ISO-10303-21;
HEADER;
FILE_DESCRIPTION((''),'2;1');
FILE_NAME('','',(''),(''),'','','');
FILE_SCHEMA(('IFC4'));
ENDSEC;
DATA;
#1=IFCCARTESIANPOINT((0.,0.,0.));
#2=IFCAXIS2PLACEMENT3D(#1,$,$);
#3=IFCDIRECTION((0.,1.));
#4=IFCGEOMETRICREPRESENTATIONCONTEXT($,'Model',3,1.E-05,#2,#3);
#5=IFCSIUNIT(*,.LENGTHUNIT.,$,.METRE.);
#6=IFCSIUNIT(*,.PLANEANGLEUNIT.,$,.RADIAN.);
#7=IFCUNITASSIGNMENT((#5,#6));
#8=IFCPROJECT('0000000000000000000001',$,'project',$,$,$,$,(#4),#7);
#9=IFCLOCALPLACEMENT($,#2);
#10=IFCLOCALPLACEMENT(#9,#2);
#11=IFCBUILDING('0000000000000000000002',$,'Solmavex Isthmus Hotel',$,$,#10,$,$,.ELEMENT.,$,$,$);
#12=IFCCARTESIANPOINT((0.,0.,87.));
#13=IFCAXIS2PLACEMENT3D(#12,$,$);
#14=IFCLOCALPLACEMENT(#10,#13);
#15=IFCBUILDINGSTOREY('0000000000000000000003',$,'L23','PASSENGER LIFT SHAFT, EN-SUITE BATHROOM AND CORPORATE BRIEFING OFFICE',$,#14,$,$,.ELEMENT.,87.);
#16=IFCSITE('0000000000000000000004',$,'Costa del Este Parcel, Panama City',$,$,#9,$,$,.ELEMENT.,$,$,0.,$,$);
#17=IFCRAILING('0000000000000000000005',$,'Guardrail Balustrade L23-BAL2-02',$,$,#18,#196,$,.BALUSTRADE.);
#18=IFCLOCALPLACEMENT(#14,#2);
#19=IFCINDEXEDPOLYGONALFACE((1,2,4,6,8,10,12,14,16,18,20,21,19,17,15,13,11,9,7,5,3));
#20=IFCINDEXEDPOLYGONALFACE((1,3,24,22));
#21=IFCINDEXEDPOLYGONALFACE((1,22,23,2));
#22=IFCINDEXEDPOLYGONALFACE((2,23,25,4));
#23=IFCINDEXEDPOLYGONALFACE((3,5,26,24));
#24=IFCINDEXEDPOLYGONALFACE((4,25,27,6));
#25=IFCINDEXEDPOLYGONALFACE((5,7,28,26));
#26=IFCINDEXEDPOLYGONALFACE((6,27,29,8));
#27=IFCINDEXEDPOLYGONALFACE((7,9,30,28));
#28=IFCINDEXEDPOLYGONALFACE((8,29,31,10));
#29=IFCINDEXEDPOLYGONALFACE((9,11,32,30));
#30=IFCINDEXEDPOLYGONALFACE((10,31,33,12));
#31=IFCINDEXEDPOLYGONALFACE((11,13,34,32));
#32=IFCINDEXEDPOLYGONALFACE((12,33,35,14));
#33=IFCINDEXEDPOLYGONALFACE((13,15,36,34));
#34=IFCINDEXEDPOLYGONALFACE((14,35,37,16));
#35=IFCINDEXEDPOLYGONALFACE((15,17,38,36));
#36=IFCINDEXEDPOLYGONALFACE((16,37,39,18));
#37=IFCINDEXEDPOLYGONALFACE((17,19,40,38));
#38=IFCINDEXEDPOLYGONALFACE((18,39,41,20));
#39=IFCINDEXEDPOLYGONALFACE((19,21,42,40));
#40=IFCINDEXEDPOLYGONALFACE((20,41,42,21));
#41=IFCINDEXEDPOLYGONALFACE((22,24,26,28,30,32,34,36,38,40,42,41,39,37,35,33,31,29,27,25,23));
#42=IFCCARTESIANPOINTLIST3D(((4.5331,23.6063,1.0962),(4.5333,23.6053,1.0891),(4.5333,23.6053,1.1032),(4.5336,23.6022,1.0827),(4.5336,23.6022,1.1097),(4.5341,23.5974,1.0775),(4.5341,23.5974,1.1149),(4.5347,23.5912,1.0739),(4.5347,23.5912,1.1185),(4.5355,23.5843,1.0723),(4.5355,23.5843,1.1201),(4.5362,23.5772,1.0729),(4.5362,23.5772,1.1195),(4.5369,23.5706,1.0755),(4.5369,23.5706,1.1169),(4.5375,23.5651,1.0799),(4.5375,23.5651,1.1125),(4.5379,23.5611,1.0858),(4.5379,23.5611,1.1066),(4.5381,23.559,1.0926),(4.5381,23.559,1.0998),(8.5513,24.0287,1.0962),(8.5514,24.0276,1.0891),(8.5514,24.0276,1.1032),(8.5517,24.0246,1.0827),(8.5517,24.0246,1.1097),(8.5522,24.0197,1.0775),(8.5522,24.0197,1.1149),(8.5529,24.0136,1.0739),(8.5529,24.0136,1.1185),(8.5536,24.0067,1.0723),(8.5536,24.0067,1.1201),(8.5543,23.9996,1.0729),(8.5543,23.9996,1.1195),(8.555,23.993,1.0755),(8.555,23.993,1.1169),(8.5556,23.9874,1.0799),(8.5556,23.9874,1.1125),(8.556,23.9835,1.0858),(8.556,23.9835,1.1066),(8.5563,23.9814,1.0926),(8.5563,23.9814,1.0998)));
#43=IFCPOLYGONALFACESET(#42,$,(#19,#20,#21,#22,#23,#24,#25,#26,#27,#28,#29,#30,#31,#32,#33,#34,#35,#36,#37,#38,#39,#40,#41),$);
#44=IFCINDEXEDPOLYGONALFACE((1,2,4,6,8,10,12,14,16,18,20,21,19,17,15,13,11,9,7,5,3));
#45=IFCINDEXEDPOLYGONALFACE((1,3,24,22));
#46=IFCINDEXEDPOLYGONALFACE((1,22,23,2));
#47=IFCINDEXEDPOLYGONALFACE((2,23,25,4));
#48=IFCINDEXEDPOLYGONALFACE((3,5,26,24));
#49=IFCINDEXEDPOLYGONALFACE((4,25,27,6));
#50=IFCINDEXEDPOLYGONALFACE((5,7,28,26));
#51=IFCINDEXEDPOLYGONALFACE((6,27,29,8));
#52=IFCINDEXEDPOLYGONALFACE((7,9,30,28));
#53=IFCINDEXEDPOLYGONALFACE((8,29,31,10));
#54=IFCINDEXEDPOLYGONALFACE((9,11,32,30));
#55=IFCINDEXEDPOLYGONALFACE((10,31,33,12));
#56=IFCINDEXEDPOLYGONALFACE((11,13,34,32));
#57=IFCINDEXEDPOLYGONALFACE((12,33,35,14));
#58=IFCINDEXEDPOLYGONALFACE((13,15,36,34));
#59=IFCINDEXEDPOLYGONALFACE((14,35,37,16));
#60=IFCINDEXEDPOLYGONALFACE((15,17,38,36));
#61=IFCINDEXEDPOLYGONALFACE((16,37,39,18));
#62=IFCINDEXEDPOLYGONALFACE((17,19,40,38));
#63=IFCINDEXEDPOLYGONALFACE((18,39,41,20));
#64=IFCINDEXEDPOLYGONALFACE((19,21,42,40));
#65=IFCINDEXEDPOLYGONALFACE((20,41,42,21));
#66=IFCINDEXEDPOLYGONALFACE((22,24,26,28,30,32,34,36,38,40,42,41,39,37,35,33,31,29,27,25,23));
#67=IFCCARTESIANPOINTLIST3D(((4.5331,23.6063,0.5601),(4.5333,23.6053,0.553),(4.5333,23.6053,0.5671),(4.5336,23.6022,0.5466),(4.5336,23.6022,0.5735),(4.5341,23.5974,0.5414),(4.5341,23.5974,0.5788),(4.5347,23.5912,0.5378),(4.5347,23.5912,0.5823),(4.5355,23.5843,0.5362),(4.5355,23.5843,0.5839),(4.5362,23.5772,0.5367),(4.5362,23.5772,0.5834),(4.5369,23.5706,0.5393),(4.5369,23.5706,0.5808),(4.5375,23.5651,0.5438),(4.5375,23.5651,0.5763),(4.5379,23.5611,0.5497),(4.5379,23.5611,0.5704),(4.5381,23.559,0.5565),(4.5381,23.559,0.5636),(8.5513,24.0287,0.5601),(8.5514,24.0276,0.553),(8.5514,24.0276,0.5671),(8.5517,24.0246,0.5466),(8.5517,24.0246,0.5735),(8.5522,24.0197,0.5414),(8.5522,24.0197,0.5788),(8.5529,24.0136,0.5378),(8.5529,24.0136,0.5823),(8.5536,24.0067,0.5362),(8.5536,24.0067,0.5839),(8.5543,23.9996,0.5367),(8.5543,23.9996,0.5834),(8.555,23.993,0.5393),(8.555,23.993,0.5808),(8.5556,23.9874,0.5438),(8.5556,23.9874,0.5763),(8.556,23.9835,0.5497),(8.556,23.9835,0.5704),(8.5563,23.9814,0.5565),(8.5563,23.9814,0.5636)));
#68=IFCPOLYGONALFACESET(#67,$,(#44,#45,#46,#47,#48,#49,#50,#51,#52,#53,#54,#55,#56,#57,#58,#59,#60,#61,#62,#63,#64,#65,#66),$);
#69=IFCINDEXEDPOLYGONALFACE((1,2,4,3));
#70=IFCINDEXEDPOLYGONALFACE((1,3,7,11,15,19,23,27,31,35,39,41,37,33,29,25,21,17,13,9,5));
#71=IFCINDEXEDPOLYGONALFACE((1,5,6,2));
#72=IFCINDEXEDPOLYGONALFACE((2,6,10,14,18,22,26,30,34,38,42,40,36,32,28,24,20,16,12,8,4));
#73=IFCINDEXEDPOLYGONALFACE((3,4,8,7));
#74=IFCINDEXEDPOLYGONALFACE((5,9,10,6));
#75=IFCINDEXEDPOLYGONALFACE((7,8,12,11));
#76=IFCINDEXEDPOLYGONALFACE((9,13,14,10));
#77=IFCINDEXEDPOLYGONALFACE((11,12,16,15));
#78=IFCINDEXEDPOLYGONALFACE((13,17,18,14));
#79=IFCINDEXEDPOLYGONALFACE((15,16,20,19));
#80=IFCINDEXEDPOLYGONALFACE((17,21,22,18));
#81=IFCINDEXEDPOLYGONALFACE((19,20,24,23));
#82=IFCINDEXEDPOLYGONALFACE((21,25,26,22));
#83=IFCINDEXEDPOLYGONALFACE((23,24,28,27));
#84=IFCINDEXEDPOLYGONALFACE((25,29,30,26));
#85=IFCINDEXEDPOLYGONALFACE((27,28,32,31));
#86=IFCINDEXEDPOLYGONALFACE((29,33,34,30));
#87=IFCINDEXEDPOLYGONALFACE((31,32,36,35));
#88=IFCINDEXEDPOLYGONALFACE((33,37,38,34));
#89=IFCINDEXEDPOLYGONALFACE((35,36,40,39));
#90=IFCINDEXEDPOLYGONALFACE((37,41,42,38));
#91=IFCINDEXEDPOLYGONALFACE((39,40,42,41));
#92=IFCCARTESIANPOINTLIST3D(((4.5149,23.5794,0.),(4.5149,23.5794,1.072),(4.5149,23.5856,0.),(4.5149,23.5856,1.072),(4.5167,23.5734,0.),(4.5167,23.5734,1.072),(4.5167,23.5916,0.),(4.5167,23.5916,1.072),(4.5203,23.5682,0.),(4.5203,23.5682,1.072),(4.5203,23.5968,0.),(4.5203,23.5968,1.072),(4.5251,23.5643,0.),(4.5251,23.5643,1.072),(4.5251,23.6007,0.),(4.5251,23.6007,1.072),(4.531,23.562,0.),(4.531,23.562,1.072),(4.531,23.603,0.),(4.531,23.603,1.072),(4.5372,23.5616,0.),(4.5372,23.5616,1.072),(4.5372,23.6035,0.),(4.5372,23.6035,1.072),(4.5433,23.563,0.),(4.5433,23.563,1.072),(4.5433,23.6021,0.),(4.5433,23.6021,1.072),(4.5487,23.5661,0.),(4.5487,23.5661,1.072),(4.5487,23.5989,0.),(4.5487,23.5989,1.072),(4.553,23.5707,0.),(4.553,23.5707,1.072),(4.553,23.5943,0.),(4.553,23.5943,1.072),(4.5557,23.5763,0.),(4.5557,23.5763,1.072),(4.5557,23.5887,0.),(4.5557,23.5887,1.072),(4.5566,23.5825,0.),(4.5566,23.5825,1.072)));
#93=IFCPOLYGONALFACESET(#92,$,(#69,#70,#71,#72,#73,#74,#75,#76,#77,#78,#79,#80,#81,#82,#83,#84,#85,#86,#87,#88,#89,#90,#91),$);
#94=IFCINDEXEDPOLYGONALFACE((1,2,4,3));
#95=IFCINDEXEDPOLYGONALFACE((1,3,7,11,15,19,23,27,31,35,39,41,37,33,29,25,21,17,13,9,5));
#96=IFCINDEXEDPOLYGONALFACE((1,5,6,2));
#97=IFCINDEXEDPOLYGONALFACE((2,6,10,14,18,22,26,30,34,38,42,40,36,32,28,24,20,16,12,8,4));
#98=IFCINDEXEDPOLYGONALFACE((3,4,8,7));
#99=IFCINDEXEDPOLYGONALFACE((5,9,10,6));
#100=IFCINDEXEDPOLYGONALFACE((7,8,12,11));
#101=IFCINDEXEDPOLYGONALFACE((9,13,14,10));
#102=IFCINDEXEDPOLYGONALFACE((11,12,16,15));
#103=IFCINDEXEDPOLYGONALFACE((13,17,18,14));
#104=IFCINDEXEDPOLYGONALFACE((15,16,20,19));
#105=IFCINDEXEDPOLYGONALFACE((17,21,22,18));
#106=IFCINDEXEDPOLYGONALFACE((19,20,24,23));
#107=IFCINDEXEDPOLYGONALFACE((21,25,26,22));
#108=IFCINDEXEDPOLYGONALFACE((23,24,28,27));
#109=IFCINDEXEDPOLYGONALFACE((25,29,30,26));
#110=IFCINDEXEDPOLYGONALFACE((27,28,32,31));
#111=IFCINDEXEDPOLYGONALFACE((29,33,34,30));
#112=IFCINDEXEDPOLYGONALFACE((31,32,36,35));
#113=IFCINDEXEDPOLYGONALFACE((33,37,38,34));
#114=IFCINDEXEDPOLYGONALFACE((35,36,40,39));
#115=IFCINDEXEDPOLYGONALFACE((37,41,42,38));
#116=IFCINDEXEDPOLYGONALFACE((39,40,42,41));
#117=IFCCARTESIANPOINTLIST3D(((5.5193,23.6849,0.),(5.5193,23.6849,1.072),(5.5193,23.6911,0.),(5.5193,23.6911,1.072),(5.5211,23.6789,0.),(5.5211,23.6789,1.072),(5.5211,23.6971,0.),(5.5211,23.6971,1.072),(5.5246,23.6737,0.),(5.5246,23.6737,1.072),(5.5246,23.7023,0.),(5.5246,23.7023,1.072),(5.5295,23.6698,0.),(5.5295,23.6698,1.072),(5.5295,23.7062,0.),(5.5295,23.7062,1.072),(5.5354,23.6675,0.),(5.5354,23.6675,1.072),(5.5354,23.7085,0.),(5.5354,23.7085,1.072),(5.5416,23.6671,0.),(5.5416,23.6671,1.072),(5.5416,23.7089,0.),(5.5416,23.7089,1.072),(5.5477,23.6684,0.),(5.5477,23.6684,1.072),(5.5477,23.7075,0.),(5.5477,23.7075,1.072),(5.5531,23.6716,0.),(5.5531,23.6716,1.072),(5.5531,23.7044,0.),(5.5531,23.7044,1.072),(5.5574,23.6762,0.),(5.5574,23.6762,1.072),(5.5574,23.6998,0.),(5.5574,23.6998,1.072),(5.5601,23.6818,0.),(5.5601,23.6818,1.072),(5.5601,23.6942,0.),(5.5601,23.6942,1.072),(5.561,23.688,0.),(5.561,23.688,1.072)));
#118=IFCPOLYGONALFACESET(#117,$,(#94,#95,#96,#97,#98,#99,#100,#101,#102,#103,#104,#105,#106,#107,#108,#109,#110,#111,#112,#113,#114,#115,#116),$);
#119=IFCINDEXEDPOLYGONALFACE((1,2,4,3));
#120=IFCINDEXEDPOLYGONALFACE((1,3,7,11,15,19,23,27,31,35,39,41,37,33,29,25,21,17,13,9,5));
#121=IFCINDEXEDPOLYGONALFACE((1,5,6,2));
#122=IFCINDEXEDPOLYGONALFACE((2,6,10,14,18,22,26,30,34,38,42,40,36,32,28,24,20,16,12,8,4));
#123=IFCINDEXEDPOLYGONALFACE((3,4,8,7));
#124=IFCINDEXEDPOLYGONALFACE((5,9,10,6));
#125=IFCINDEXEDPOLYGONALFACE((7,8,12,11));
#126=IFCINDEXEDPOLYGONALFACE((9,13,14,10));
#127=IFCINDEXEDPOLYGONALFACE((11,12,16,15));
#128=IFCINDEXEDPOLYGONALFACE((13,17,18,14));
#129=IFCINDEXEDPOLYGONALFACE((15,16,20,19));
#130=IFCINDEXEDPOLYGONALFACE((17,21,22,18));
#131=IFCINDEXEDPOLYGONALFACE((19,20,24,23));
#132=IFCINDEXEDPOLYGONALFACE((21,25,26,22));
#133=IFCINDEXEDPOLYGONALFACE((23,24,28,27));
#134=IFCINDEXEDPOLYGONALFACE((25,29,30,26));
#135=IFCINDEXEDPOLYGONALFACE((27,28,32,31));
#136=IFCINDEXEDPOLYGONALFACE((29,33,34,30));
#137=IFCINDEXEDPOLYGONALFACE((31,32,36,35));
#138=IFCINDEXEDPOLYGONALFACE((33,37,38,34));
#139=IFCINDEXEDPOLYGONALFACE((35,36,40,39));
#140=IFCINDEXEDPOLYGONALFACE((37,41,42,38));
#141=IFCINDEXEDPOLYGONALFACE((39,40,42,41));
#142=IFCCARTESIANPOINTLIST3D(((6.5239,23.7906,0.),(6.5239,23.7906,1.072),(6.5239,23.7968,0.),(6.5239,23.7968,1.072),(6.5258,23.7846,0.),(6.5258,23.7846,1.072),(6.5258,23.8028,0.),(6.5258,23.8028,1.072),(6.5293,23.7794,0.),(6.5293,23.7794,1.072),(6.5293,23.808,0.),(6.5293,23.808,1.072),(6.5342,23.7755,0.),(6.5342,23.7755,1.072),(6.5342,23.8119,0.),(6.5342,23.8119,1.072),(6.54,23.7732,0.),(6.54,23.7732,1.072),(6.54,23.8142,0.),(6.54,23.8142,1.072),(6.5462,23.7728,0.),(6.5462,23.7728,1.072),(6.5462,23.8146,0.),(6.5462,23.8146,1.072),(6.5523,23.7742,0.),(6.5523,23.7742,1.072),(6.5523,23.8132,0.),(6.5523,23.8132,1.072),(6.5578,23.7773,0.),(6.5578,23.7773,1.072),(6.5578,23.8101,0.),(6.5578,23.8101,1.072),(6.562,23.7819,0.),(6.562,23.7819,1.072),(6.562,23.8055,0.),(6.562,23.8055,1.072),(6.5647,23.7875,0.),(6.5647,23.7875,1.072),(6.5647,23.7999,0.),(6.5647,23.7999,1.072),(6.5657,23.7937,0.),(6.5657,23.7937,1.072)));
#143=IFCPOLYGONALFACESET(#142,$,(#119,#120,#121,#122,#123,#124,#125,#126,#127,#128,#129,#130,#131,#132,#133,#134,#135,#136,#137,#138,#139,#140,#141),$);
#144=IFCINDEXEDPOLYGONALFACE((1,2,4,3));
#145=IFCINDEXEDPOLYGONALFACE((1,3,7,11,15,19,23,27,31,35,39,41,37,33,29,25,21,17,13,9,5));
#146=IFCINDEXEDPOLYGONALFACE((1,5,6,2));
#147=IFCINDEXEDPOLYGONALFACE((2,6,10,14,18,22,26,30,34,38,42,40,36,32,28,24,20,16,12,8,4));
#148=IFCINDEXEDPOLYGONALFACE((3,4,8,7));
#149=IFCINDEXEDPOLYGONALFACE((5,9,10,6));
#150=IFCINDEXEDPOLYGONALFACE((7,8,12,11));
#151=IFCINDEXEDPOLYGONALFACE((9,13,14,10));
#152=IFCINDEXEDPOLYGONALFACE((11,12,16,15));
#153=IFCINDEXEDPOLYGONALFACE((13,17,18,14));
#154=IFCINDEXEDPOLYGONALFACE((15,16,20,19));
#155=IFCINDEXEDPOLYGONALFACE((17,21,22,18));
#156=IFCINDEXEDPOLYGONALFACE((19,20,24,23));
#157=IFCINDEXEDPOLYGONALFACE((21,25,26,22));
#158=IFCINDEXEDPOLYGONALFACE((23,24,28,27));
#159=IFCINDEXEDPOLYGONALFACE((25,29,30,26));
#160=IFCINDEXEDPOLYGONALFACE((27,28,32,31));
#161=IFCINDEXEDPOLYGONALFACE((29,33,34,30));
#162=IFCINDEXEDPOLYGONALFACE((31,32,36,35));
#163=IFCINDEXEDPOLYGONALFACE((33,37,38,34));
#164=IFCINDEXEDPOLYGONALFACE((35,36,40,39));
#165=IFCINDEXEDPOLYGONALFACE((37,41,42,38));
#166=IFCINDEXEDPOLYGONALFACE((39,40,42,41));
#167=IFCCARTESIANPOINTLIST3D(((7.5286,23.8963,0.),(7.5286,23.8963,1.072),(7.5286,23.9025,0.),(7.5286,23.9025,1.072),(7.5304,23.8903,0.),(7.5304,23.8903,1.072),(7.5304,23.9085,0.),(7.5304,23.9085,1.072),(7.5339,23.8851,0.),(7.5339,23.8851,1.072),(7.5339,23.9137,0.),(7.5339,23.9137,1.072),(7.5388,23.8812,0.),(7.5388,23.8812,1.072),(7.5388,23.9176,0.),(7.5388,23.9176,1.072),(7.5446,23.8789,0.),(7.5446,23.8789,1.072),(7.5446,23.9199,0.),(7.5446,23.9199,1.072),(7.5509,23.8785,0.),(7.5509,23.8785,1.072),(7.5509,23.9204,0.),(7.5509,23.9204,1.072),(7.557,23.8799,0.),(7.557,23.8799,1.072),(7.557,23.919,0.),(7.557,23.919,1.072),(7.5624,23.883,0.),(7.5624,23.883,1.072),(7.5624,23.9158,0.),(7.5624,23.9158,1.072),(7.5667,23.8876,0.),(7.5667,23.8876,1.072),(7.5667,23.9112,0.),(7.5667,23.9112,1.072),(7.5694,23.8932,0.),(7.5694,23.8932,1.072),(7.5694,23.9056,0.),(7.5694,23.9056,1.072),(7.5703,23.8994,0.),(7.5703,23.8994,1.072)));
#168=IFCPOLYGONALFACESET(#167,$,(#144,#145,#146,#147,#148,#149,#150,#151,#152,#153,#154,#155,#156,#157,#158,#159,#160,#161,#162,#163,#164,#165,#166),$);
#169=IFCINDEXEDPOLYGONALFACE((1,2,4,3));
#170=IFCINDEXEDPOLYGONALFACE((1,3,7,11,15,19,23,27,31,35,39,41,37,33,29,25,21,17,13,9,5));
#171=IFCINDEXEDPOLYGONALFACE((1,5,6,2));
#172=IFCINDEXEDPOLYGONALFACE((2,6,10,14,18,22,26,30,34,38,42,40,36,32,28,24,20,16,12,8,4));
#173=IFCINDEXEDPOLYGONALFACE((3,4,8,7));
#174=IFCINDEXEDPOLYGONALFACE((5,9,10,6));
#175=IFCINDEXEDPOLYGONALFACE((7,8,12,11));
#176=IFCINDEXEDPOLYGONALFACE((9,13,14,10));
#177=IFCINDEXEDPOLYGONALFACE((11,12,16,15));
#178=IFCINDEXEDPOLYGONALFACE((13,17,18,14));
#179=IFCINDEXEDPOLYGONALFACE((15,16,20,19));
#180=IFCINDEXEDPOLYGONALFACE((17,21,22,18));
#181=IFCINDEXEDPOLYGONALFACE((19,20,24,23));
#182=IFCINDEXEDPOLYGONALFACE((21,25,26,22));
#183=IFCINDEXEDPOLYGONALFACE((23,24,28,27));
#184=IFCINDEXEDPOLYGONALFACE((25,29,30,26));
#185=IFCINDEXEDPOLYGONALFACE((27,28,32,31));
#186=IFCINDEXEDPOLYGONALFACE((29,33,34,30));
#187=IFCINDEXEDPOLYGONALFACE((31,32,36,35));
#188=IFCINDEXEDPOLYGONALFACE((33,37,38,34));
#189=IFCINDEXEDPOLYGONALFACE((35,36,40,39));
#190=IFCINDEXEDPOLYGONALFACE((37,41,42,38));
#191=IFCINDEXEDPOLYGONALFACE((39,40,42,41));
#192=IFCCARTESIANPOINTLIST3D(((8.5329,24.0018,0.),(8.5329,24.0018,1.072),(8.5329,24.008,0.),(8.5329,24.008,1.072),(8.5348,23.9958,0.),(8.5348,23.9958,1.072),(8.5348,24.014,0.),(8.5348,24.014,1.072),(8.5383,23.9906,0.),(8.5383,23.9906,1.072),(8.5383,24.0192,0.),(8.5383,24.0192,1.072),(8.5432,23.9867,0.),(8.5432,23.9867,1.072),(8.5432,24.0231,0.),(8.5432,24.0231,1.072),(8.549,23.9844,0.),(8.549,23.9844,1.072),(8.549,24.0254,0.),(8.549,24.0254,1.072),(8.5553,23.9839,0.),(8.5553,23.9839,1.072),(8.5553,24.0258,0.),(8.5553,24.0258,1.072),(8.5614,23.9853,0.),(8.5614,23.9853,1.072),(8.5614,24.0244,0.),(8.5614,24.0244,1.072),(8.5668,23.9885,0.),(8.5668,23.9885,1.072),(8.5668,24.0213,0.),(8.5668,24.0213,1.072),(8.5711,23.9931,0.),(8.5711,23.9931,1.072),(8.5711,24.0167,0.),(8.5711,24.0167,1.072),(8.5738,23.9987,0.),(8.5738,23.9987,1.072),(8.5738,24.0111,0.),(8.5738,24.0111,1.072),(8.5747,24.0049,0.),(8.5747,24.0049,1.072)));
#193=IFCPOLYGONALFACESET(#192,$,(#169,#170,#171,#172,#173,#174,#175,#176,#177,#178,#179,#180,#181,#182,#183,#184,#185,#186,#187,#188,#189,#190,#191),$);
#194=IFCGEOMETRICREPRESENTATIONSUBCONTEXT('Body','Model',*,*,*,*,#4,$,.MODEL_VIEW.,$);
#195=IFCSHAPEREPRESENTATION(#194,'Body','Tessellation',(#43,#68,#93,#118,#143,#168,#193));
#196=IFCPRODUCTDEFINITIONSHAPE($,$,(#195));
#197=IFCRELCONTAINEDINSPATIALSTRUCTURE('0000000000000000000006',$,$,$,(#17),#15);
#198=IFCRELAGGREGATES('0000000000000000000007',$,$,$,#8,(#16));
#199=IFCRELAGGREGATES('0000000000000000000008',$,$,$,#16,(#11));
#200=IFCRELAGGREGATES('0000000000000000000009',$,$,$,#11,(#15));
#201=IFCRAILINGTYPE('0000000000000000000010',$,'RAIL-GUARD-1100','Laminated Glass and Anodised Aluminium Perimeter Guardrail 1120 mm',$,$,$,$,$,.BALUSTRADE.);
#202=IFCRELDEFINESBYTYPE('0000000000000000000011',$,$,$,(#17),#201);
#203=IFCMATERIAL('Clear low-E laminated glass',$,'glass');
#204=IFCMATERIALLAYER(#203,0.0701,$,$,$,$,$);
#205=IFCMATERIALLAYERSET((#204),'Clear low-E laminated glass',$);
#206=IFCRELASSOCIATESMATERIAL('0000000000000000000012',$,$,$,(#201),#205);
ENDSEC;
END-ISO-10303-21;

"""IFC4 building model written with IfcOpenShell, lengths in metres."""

from ifc_helpers import new_model, si_unit, direction, frame, origin, origin_2d, place, context, subcontext, project, spatial, circle, extrude, material, layer, layer_set, type_object, element, save


model = new_model("IFC4")

# Units and contexts
model_context = context("Model", 3, precision=1e-05, world=origin(), true_north=direction((0.0, 1.0)))
body_context = subcontext(model_context, "Body", "Model", "MODEL_VIEW")
ifc_project = project(units=[si_unit("LENGTHUNIT", "METRE"), si_unit("PLANEANGLEUNIT", "RADIAN")], contexts=[model_context])

# Site, building, storey
site_placement = place(None, origin())
site = spatial("IfcSite", under=ifc_project, at=site_placement, Name="Costa del Este Parcel, Panama City", CompositionType="ELEMENT", RefElevation=0.0)
building_placement = place(site_placement, origin())
building = spatial("IfcBuilding", under=site, at=building_placement, Name="Solmavex Isthmus Hotel", CompositionType="ELEMENT")
storey_placement = place(building_placement, frame((0.0, 0.0, 87.0)))
storey = spatial("IfcBuildingStorey", under=building, at=storey_placement, Name="L23", Description="PASSENGER LIFT SHAFT, EN-SUITE BATHROOM AND CORPORATE BRIEFING OFFICE", CompositionType="ELEMENT", Elevation=87.0)

# Shared definitions
ifc_material_1 = material(Name="Clear low-E laminated glass", Category="glass")

# Railing
ifc_layer_1 = layer(ifc_material_1, 0.0701)
ifc_layer_set_1 = layer_set([ifc_layer_1], Name="Clear low-E laminated glass")
railing_type = type_object("IfcRailingType", Name="RAIL-GUARD-1100", Description="Laminated Glass and Anodised Aluminium Perimeter Guardrail 1120 mm", PredefinedType="BALUSTRADE", material=ifc_layer_set_1)
railing_1_placement = place(storey_placement, frame((4.5356, 23.5825, 0.0)))
element("IfcRailing", 1, at=railing_1_placement, inside=storey, type_object=railing_type, Name="Guardrail Balustrade L23-BAL2-02", PredefinedType="BALUSTRADE", context=body_context, shape_type="SweptSolid", body=[
    extrude(circle(Radius=0.0239, at=origin_2d()), frame((0.0, 0.0, 1.0962), z_axis=(0.994521, 0.10454, 0.0), x_axis=(-0.10454, 0.994521, 0.0)), (0.0, 0.0, 1.0), 4.0403),
    extrude(circle(Radius=0.0239, at=origin_2d()), frame((0.0, 0.0, 0.5601), z_axis=(0.994521, 0.10454, 0.0), x_axis=(-0.10454, 0.994521, 0.0)), (0.0, 0.0, 1.0), 4.0403),
    extrude(circle(Radius=0.021, at=origin_2d()), origin(), (0.0, 0.0, 1.0), 1.072),
    extrude(circle(Radius=0.021, at=origin_2d()), frame((1.0044, 0.1055, 0.0)), (0.0, 0.0, 1.0), 1.072),
    extrude(circle(Radius=0.021, at=origin_2d()), frame((2.009, 0.2112, 0.0)), (0.0, 0.0, 1.0), 1.072),
    extrude(circle(Radius=0.021, at=origin_2d()), frame((3.0137, 0.3169, 0.0)), (0.0, 0.0, 1.0), 1.072),
    extrude(circle(Radius=0.021, at=origin_2d()), frame((4.0181, 0.4224, 0.0)), (0.0, 0.0, 1.0), 1.072),
])

save(model, "model.ifc")
